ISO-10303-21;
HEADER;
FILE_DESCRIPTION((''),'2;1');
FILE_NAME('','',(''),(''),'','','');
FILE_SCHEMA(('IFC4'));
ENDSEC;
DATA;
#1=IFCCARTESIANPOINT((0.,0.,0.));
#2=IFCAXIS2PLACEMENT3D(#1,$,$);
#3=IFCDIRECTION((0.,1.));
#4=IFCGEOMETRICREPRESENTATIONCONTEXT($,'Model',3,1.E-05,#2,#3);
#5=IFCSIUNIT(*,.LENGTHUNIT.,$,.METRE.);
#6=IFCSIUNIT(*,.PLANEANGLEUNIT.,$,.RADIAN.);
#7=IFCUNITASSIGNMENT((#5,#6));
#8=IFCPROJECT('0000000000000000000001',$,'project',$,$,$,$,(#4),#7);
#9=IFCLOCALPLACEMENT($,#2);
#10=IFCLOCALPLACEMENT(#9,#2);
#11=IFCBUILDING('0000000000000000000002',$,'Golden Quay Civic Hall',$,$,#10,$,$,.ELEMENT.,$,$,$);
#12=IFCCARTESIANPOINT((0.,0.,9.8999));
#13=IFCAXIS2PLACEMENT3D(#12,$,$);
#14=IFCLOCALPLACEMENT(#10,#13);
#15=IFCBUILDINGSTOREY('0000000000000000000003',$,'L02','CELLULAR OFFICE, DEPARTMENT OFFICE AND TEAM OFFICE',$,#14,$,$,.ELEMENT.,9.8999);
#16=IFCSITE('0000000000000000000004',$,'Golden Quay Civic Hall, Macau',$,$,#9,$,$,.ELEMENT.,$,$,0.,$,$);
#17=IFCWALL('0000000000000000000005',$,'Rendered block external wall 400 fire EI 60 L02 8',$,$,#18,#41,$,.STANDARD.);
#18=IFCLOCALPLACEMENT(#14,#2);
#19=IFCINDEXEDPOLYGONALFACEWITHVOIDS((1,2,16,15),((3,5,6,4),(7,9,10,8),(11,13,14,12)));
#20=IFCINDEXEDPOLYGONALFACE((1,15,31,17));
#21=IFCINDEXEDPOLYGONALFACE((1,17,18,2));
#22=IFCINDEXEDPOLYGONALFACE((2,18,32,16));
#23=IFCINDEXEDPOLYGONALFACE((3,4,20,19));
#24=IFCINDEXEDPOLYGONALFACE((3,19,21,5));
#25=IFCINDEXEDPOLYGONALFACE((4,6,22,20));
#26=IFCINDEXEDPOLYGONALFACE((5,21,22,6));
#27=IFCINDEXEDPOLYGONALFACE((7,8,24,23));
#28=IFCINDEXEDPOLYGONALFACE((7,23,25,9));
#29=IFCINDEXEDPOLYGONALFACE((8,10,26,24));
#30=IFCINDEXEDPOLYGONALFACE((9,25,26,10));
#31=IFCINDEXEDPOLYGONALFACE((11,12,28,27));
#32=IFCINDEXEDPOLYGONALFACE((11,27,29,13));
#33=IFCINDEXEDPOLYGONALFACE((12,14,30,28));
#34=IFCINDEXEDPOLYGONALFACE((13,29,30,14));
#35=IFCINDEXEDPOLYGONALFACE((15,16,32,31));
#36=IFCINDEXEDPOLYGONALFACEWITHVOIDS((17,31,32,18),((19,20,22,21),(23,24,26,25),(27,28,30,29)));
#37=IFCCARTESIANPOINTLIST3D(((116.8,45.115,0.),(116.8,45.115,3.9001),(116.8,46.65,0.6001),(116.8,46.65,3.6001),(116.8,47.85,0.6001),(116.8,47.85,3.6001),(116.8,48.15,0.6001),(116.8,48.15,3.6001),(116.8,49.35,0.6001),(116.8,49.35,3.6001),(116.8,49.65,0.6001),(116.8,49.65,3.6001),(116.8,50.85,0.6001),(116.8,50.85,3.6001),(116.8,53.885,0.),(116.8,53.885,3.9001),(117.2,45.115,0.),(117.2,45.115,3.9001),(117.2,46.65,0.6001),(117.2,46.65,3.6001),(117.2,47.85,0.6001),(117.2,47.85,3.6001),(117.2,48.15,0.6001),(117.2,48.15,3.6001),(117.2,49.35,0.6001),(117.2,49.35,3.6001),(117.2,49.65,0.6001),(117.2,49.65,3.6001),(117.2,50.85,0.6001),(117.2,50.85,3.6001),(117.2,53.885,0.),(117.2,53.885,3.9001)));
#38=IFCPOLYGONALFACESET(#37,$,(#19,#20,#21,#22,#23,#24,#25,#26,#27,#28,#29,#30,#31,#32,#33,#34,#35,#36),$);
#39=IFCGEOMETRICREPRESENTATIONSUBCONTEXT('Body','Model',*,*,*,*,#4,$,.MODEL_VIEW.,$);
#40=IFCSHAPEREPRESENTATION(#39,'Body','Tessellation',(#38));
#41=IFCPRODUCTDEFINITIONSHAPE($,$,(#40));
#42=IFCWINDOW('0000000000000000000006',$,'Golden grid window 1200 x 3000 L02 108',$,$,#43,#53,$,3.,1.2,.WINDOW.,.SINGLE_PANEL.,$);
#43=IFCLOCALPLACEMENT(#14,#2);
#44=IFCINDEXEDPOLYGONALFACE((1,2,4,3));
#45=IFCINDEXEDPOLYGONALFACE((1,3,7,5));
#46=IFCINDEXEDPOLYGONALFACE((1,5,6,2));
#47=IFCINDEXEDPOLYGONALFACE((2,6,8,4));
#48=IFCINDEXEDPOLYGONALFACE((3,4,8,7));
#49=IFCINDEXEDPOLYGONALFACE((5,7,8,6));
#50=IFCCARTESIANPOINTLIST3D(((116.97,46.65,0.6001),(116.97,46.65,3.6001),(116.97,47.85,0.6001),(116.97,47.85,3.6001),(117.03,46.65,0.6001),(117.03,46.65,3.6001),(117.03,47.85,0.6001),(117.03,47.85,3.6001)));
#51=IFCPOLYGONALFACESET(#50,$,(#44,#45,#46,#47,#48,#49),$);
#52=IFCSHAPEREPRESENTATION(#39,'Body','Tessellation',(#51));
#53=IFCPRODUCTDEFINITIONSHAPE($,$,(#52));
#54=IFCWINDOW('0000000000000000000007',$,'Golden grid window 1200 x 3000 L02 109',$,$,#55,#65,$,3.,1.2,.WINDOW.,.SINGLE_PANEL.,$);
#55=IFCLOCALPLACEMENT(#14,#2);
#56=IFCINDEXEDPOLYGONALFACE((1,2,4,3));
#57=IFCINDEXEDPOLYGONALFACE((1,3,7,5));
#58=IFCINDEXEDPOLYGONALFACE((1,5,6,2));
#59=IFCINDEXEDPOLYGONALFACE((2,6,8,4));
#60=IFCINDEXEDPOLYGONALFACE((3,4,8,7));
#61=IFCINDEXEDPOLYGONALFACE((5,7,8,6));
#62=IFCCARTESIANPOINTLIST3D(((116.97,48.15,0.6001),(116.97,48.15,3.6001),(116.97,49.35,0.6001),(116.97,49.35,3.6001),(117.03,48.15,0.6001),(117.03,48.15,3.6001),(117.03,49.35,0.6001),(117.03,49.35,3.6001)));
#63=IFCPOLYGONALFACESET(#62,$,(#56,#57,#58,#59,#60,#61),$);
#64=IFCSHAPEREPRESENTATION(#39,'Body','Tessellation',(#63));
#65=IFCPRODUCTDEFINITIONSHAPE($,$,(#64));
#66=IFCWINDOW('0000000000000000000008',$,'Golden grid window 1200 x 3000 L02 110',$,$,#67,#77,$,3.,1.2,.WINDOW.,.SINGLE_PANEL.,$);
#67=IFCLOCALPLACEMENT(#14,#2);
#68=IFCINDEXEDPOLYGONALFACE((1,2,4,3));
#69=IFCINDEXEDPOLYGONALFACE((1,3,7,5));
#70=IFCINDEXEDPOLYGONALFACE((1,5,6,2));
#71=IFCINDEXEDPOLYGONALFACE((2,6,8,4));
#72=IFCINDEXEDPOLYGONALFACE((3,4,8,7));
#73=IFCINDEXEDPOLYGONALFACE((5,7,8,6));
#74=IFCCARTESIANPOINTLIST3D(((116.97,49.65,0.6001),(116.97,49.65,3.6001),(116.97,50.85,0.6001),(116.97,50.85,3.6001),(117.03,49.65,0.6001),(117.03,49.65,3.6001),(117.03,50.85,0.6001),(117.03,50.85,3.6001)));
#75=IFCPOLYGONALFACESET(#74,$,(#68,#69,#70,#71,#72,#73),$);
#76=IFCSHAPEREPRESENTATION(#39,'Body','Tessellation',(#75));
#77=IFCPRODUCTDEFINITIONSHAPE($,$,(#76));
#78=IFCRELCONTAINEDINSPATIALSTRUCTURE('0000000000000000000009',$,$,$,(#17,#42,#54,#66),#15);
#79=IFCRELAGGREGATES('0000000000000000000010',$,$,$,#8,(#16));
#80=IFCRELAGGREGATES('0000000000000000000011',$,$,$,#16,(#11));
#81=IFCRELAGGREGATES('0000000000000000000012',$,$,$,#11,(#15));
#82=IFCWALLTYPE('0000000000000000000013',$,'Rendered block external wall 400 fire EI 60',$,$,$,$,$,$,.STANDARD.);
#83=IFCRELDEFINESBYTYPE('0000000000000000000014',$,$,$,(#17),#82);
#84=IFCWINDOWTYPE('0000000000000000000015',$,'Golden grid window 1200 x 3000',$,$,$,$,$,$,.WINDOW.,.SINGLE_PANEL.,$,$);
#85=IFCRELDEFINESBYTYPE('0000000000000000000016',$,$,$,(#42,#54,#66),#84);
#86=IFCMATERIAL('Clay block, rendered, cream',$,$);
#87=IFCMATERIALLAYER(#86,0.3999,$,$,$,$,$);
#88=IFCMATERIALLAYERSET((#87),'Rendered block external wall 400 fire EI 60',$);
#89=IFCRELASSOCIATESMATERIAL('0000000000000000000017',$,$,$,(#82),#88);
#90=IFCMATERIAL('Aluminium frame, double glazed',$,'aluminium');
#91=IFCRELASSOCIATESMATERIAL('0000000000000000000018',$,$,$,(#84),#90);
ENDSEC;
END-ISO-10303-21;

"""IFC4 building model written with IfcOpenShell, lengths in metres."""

from ifc_helpers import new_model, si_unit, direction, frame, frame_2d, origin, place, context, subcontext, project, spatial, rectangle, extrude, material, layer, layer_set, type_object, element, fill, save


model = new_model("IFC4")

# Units and contexts
model_context = context("Model", 3, precision=1e-05, world=origin(), true_north=direction((0.0, 1.0)))
body_context = subcontext(model_context, "Body", "Model", "MODEL_VIEW")
ifc_project = project(units=[si_unit("LENGTHUNIT", "METRE"), si_unit("PLANEANGLEUNIT", "RADIAN")], contexts=[model_context])

# Site, building, storey
site_placement = place(None, origin())
site = spatial("IfcSite", under=ifc_project, at=site_placement, Name="Golden Quay Civic Hall, Macau", CompositionType="ELEMENT", RefElevation=0.0)
building_placement = place(site_placement, origin())
building = spatial("IfcBuilding", under=site, at=building_placement, Name="Golden Quay Civic Hall", CompositionType="ELEMENT")
storey_placement = place(building_placement, frame((0.0, 0.0, 9.8999)))
storey = spatial("IfcBuildingStorey", under=building, at=storey_placement, Name="L02", Description="CELLULAR OFFICE, DEPARTMENT OFFICE AND TEAM OFFICE", CompositionType="ELEMENT", Elevation=9.8999)

# Wall, openings, windows
ifc_material_1 = material(Name="Clay block, rendered, cream")
ifc_layer_1 = layer(ifc_material_1, 0.3999)
ifc_layer_set_1 = layer_set([ifc_layer_1], Name="Rendered block external wall 400 fire EI 60")
wall_type_1 = type_object("IfcWallType", Name="Rendered block external wall 400 fire EI 60", PredefinedType="STANDARD", material=ifc_layer_set_1)
wall_1_placement = place(storey_placement, frame((117.0, 53.885, 0.0), z_axis=(0.0, 0.0, 1.0), x_axis=(0.0, -1.0, 0.0)))
wall_1 = element("IfcWall", 1, at=wall_1_placement, inside=storey, type_object=wall_type_1, Name="Rendered block external wall 400 fire EI 60 L02 8", PredefinedType="STANDARD", context=body_context, shape_type="SweptSolid", body=[
    extrude(rectangle(XDim=8.77, YDim=0.3999, at=frame_2d((4.385, 0.0))), origin(), (0.0, 0.0, 1.0), 3.9001),
])
opening_1_placement = place(wall_1_placement, frame((6.0349, 0.0, 0.6001)))
opening_1 = element("IfcOpeningElement", 2, at=opening_1_placement, cuts=wall_1, PredefinedType="OPENING", context=body_context, shape_type="SweptSolid", body=[
    extrude(rectangle(XDim=1.2, YDim=3.0, at=frame_2d((0.6001, 1.5))), frame((0.0, 0.21, 0.0), z_axis=(0.0, -1.0, 0.0), x_axis=(1.0, 0.0, 0.0)), (0.0, 0.0, 1.0), 0.4199),
])
opening_2_placement = place(wall_1_placement, frame((4.5349, 0.0, 0.6001)))
opening_2 = element("IfcOpeningElement", 3, at=opening_2_placement, cuts=wall_1, PredefinedType="OPENING", context=body_context, shape_type="SweptSolid", body=[
    extrude(rectangle(XDim=1.2, YDim=3.0, at=frame_2d((0.6001, 1.5))), frame((0.0, 0.21, 0.0), z_axis=(0.0, -1.0, 0.0), x_axis=(1.0, 0.0, 0.0)), (0.0, 0.0, 1.0), 0.4199),
])
opening_3_placement = place(wall_1_placement, frame((3.0349, 0.0, 0.6001)))
opening_3 = element("IfcOpeningElement", 4, at=opening_3_placement, cuts=wall_1, PredefinedType="OPENING", context=body_context, shape_type="SweptSolid", body=[
    extrude(rectangle(XDim=1.2, YDim=3.0, at=frame_2d((0.6001, 1.5))), frame((0.0, 0.21, 0.0), z_axis=(0.0, -1.0, 0.0), x_axis=(1.0, 0.0, 0.0)), (0.0, 0.0, 1.0), 0.4199),
])
ifc_material_2 = material(Name="Aluminium frame, double glazed", Category="aluminium")
window_type = type_object("IfcWindowType", Name="Golden grid window 1200 x 3000", PartitioningType="SINGLE_PANEL", PredefinedType="WINDOW", material=ifc_material_2)
window_1_placement = place(opening_1_placement, origin())
window_1 = element("IfcWindow", 5, at=window_1_placement, inside=storey, type_object=window_type, Name="Golden grid window 1200 x 3000 L02 108", OverallHeight=3.0, OverallWidth=1.2, PartitioningType="SINGLE_PANEL", PredefinedType="WINDOW", context=body_context, shape_type="SweptSolid", body=[
    extrude(rectangle(XDim=1.2, YDim=3.0, at=frame_2d((0.6001, 1.5))), frame((0.0, 0.03, 0.0), z_axis=(0.0, -1.0, 0.0), x_axis=(1.0, 0.0, 0.0)), (0.0, 0.0, 1.0), 0.0601),
])
fill(opening_1, window_1)
window_2_placement = place(opening_2_placement, origin())
window_2 = element("IfcWindow", 6, at=window_2_placement, inside=storey, type_object=window_type, Name="Golden grid window 1200 x 3000 L02 109", OverallHeight=3.0, OverallWidth=1.2, PartitioningType="SINGLE_PANEL", PredefinedType="WINDOW", context=body_context, shape_type="SweptSolid", body=[
    extrude(rectangle(XDim=1.2, YDim=3.0, at=frame_2d((0.6001, 1.5))), frame((0.0, 0.03, 0.0), z_axis=(0.0, -1.0, 0.0), x_axis=(1.0, 0.0, 0.0)), (0.0, 0.0, 1.0), 0.0601),
])
fill(opening_2, window_2)
window_3_placement = place(opening_3_placement, origin())
window_3 = element("IfcWindow", 7, at=window_3_placement, inside=storey, type_object=window_type, Name="Golden grid window 1200 x 3000 L02 110", OverallHeight=3.0, OverallWidth=1.2, PartitioningType="SINGLE_PANEL", PredefinedType="WINDOW", context=body_context, shape_type="SweptSolid", body=[
    extrude(rectangle(XDim=1.2, YDim=3.0, at=frame_2d((0.6001, 1.5))), frame((0.0, 0.03, 0.0), z_axis=(0.0, -1.0, 0.0), x_axis=(1.0, 0.0, 0.0)), (0.0, 0.0, 1.0), 0.0601),
])
fill(opening_3, window_3)

save(model, "model.ifc")
